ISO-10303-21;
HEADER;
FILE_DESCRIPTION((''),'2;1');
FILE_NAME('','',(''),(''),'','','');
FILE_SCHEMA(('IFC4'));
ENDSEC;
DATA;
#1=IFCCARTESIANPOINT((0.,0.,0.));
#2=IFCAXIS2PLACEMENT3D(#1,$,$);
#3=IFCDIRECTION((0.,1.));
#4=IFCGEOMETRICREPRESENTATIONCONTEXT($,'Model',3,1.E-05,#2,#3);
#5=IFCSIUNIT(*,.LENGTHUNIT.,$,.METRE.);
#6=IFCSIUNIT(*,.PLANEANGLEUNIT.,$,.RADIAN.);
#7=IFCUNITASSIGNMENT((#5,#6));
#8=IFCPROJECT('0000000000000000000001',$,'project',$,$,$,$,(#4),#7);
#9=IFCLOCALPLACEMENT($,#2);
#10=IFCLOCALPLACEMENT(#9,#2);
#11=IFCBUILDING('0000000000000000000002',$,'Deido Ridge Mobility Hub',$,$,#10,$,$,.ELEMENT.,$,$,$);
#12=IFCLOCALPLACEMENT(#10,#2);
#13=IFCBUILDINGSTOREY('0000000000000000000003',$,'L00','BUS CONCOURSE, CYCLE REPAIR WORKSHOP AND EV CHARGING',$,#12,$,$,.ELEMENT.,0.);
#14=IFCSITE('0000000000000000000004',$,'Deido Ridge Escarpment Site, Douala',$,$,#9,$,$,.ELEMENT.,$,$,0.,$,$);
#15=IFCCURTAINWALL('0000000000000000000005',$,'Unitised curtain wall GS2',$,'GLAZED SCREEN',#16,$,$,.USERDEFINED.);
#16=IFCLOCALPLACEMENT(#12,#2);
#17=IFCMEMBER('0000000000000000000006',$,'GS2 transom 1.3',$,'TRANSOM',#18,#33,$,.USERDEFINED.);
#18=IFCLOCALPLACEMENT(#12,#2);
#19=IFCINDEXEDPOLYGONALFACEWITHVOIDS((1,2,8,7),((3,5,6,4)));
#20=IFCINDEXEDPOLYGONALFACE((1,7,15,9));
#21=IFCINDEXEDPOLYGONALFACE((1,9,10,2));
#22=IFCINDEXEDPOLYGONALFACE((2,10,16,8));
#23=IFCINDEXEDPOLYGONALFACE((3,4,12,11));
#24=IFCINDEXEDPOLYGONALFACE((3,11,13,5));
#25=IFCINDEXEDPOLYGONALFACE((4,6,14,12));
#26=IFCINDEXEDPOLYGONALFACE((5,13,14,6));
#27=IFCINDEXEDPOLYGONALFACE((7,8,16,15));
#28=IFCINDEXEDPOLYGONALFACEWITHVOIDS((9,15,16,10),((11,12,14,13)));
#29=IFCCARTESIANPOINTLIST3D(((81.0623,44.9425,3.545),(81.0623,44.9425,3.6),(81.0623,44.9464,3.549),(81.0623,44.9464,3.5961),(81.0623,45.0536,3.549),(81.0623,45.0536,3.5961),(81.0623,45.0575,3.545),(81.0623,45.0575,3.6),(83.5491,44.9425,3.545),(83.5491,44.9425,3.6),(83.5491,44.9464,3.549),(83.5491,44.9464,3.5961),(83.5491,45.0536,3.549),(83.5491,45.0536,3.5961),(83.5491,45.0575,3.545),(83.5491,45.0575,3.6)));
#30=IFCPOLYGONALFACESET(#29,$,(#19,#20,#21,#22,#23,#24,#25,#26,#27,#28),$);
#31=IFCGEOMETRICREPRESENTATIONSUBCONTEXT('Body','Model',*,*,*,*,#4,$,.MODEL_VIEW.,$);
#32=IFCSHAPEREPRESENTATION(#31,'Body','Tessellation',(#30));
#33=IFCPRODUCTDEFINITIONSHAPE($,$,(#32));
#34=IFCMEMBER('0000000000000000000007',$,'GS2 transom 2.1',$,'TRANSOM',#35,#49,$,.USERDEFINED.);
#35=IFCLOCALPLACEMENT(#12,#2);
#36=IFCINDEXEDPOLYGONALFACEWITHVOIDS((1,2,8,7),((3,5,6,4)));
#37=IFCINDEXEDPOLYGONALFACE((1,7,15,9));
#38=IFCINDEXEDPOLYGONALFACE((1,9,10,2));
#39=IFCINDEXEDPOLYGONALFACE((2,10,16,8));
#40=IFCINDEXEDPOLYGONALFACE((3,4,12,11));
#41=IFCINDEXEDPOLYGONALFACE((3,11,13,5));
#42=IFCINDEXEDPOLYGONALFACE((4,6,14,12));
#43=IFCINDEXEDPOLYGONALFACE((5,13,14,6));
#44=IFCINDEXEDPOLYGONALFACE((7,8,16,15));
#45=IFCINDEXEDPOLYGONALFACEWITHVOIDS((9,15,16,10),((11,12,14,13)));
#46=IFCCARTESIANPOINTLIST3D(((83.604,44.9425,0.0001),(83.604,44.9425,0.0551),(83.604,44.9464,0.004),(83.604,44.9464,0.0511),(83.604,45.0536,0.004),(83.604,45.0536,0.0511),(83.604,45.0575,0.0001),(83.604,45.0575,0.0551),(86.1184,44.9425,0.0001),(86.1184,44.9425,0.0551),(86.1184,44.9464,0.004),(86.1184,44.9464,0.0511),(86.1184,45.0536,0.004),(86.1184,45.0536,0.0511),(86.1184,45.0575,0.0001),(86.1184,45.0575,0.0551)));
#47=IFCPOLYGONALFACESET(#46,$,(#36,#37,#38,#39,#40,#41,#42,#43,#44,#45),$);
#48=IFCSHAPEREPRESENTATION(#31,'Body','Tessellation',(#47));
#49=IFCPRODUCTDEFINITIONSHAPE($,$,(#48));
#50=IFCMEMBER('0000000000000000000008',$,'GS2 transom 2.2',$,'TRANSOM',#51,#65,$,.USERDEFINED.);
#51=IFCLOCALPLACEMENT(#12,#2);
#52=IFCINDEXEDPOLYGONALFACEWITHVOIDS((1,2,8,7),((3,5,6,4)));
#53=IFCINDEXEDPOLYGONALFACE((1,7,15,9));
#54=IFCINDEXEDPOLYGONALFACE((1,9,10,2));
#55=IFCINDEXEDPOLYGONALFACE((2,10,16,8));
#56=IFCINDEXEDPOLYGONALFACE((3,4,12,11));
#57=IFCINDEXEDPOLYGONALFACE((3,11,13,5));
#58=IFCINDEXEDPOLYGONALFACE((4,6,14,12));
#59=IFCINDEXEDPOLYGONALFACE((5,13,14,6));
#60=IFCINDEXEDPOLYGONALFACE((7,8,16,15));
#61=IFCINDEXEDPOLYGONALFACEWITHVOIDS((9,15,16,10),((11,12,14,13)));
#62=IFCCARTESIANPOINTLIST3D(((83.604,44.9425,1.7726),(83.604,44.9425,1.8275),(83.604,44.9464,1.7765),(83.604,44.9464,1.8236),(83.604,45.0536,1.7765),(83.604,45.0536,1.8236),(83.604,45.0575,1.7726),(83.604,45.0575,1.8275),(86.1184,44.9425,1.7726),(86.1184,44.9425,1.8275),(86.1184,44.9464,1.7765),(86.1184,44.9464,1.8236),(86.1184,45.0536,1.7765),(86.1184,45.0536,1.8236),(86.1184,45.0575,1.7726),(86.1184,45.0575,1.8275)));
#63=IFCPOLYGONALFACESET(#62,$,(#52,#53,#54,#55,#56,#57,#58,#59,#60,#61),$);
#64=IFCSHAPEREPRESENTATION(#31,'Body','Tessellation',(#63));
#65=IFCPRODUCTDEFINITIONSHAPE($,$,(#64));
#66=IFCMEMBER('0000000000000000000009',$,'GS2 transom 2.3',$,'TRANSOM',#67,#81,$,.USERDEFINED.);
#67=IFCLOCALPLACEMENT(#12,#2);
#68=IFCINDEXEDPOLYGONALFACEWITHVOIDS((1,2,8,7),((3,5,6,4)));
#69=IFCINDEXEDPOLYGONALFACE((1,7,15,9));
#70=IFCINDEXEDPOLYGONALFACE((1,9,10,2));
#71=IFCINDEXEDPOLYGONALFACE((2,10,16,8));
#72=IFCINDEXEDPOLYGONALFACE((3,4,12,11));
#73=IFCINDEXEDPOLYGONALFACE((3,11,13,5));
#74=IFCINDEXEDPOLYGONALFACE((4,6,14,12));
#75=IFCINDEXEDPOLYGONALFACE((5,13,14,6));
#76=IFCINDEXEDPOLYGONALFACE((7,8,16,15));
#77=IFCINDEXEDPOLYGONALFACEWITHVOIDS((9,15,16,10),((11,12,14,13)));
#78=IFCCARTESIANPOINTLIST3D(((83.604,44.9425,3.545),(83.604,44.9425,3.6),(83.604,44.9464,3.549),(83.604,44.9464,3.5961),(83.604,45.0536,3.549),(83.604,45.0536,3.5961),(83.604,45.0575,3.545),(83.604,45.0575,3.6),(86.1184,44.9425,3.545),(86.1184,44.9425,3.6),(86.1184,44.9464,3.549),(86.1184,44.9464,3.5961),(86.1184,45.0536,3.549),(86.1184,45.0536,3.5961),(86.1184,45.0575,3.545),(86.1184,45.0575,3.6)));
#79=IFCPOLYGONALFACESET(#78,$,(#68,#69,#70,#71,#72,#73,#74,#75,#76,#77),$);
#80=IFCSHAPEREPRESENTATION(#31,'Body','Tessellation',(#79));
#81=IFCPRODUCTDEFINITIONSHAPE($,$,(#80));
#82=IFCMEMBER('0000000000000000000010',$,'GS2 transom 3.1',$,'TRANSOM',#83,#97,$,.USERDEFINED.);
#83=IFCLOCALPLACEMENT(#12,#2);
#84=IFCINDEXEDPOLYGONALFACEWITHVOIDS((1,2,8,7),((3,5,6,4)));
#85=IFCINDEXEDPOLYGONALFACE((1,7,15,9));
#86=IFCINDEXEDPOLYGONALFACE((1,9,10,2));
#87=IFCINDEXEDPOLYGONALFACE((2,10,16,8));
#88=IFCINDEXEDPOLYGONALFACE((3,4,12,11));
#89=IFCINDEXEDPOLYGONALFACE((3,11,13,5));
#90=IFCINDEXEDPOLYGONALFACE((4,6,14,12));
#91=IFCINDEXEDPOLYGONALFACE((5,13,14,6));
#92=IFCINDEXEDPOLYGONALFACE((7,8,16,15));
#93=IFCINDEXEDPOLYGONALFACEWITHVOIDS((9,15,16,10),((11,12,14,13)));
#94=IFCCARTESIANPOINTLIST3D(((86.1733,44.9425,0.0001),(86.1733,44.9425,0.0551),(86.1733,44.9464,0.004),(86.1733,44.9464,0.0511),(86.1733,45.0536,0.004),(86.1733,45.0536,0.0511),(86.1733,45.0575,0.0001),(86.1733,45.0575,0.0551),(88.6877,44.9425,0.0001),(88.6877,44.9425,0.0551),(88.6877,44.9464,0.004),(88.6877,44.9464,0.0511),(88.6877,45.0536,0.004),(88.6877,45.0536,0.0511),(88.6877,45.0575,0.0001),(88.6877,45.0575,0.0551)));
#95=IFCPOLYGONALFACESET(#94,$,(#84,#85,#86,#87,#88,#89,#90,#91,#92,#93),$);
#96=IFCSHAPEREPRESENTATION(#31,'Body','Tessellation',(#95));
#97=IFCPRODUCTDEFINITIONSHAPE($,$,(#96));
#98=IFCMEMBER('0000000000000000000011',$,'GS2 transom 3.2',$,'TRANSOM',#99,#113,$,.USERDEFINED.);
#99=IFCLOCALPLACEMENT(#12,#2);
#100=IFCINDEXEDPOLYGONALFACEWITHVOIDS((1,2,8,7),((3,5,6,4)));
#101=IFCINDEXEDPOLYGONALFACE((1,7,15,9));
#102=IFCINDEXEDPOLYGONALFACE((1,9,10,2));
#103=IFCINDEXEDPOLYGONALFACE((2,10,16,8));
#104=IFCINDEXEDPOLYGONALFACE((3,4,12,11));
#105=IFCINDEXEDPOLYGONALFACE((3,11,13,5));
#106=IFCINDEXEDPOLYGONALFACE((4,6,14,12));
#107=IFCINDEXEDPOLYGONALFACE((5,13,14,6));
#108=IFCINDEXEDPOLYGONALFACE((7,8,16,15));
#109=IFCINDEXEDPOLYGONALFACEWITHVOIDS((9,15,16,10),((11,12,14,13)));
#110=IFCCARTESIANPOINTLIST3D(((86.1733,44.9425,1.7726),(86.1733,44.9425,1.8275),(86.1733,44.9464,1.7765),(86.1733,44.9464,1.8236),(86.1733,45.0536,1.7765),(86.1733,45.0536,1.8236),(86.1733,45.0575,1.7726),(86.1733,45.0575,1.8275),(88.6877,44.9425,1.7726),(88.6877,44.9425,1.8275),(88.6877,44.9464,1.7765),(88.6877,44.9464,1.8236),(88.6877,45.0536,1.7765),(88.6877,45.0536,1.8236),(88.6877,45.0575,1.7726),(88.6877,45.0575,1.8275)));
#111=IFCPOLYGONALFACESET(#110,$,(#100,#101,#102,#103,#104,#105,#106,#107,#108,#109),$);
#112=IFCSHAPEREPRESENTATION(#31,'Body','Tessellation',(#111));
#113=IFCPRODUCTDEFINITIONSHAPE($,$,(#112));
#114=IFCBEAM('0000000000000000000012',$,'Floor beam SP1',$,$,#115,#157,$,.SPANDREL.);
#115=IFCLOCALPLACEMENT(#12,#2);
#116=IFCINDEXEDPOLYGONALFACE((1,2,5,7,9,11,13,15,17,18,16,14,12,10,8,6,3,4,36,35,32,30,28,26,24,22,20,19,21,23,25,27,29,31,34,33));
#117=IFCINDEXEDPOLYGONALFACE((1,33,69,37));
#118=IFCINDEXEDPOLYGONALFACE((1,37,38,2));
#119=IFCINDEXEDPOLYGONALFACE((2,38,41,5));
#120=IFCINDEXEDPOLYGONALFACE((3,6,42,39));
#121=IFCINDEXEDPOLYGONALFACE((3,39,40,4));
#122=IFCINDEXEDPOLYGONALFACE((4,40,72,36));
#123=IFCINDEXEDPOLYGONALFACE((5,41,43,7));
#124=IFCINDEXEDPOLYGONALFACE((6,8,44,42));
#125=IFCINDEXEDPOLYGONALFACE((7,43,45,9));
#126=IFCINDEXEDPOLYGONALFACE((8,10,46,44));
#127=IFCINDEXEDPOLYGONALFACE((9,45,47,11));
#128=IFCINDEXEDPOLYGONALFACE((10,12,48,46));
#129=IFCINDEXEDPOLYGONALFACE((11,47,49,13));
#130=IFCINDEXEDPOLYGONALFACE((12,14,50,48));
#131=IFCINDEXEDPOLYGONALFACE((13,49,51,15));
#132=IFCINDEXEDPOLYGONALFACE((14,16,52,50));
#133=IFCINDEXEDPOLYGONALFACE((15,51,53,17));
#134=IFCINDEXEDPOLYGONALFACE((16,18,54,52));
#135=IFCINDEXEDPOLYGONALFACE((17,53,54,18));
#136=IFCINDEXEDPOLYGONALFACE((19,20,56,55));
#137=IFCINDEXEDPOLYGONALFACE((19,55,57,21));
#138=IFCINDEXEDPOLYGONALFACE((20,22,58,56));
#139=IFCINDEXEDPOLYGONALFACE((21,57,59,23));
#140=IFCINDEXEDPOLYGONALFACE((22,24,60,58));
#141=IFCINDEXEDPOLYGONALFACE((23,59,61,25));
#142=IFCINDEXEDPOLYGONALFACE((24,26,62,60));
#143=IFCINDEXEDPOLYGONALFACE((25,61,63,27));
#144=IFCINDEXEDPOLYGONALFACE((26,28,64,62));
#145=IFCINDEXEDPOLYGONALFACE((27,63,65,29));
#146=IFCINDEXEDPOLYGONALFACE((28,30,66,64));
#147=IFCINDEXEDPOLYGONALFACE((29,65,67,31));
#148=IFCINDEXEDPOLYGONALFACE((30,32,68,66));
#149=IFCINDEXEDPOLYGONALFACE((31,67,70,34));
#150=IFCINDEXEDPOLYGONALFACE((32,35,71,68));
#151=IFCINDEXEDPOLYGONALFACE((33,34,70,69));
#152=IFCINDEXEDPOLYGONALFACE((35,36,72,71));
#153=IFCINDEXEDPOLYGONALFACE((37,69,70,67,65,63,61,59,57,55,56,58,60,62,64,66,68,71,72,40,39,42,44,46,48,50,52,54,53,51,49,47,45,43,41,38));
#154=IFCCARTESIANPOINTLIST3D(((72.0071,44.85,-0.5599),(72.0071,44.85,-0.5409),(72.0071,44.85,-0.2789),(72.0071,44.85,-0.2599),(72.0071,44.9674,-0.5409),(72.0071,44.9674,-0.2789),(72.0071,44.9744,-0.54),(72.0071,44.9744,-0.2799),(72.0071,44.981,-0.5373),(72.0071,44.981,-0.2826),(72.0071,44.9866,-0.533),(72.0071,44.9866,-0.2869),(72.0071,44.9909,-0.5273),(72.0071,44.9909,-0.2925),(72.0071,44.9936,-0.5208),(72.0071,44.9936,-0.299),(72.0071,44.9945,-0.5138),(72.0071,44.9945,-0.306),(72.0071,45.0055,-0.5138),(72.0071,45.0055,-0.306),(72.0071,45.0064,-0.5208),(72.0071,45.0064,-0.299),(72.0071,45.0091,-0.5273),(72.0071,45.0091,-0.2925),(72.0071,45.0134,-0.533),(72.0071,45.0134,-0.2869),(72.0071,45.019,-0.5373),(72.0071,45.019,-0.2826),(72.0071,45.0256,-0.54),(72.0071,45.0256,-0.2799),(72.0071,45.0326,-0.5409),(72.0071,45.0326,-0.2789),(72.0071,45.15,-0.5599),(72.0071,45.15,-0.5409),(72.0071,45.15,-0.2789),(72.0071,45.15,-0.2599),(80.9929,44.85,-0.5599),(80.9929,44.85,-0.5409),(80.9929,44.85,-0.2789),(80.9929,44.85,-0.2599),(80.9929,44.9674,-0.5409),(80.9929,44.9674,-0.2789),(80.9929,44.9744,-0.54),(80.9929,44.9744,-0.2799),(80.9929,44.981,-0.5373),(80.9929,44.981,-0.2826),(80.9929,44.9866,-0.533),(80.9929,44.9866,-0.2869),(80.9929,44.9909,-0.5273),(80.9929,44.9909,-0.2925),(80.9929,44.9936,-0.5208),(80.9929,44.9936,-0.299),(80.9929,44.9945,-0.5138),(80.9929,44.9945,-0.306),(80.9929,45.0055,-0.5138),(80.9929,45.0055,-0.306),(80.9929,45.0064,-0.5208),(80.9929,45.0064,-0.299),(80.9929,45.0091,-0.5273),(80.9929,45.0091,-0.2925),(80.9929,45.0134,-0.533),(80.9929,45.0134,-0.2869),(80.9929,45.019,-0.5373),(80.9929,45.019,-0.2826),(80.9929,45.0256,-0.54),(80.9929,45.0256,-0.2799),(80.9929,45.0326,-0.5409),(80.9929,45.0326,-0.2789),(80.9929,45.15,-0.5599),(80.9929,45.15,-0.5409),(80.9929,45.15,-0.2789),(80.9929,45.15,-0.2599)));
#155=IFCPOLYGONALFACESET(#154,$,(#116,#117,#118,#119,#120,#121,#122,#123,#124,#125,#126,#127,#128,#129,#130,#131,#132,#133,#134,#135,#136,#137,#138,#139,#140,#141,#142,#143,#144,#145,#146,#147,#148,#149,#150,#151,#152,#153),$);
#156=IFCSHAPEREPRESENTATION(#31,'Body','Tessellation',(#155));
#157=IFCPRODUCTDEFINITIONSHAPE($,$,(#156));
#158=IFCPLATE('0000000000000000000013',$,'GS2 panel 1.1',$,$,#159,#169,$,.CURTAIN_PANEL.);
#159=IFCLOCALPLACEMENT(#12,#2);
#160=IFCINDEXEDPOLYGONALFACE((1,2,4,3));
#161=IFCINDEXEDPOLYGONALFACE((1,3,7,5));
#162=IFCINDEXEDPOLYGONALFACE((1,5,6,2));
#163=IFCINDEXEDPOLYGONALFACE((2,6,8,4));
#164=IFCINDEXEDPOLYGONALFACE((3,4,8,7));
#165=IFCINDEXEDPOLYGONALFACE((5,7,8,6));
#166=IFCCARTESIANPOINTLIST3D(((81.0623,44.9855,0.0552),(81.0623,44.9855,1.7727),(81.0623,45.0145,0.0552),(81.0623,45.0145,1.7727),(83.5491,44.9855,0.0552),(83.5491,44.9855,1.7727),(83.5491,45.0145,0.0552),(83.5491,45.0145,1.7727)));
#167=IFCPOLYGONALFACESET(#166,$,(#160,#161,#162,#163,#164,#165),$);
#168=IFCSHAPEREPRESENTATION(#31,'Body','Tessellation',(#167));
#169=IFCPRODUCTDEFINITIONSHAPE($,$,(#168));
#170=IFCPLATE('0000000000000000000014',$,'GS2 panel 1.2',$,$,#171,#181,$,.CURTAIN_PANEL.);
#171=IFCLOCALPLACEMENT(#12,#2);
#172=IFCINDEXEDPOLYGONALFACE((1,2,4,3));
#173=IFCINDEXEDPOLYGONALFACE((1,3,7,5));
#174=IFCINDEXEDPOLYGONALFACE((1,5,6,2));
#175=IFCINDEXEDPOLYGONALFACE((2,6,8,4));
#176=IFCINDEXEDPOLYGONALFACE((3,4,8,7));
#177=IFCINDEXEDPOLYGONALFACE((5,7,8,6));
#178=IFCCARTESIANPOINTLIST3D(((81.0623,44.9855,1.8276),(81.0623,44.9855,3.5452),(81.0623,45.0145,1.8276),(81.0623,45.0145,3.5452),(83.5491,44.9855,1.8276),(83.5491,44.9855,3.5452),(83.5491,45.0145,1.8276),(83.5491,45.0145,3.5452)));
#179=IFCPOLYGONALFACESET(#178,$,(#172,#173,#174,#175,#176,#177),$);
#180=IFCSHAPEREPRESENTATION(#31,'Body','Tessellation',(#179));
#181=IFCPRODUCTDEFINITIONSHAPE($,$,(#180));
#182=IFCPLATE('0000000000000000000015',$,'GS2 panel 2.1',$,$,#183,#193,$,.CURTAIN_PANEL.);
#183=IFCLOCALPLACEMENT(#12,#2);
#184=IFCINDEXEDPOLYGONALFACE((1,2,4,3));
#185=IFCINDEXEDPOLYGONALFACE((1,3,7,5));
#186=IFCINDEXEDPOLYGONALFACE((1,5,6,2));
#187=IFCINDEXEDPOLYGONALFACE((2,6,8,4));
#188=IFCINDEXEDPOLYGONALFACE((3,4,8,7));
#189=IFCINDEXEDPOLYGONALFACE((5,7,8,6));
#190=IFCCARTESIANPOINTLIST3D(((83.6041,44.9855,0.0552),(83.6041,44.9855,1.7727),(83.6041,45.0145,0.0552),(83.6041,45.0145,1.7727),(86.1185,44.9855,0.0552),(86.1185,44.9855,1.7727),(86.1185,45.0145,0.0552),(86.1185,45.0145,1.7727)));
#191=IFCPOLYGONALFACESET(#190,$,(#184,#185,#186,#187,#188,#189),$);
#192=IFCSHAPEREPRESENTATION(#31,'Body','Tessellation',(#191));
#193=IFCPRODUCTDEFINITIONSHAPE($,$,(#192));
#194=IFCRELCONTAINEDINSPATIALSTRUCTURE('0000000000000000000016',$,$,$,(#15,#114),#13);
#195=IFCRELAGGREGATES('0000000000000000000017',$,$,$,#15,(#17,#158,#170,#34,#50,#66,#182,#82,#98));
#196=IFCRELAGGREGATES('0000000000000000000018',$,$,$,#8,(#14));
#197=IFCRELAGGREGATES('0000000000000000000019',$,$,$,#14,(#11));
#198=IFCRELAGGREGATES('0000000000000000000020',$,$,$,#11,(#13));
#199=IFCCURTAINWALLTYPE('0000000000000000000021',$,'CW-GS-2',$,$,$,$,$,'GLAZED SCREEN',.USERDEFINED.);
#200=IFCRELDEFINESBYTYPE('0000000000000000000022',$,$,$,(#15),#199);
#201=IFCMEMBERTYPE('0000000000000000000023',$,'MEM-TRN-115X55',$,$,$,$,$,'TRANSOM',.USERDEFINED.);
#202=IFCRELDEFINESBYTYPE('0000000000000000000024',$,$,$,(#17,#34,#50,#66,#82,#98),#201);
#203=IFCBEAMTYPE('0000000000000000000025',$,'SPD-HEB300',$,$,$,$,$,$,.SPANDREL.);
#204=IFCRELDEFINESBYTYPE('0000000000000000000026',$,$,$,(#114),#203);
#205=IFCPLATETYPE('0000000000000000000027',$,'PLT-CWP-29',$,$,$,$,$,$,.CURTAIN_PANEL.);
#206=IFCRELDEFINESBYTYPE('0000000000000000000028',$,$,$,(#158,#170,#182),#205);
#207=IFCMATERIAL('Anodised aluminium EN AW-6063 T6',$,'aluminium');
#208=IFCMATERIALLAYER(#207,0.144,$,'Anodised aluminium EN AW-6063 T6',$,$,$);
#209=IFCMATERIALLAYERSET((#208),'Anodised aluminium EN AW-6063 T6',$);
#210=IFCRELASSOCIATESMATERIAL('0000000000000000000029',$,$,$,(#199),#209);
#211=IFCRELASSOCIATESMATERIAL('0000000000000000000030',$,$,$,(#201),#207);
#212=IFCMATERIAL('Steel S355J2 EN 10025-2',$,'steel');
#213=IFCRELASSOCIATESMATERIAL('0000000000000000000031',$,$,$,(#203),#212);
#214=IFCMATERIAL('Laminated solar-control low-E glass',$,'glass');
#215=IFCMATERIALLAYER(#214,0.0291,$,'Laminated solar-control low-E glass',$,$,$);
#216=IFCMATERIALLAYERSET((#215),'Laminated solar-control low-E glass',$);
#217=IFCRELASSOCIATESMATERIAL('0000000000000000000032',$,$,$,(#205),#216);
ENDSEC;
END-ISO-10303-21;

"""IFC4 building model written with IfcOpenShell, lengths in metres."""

from ifc_helpers import new_model, si_unit, direction, frame, origin, origin_2d, place, context, subcontext, project, spatial, rectangle, hollow_rectangle, i_section, extrude, material, layer, layer_set, material_profile, profile_set, type_object, element, aggregate, save


model = new_model("IFC4")

# Units and contexts
model_context = context("Model", 3, precision=1e-05, world=origin(), true_north=direction((0.0, 1.0)))
body_context = subcontext(model_context, "Body", "Model", "MODEL_VIEW")
ifc_project = project(units=[si_unit("LENGTHUNIT", "METRE"), si_unit("PLANEANGLEUNIT", "RADIAN")], contexts=[model_context])

# Site, building, storey
site_placement = place(None, origin())
site = spatial("IfcSite", under=ifc_project, at=site_placement, Name="Deido Ridge Escarpment Site, Douala", CompositionType="ELEMENT", RefElevation=0.0)
building_placement = place(site_placement, origin())
building = spatial("IfcBuilding", under=site, at=building_placement, Name="Deido Ridge Mobility Hub", CompositionType="ELEMENT")
storey_placement = place(building_placement, origin())
storey = spatial("IfcBuildingStorey", under=building, at=storey_placement, Name="L00", Description="BUS CONCOURSE, CYCLE REPAIR WORKSHOP AND EV CHARGING", CompositionType="ELEMENT", Elevation=0.0)

# Shared definitions
ifc_material_1 = material(Name="Steel S355J2 EN 10025-2", Category="steel")

# Curtain wall, members
ifc_material_2 = material(Name="Anodised aluminium EN AW-6063 T6", Category="aluminium")
ifc_layer_1 = layer(ifc_material_2, 0.144, Name="Anodised aluminium EN AW-6063 T6")
ifc_layer_set_1 = layer_set([ifc_layer_1], Name="Anodised aluminium EN AW-6063 T6")
curtain_wall_type = type_object("IfcCurtainWallType", Name="CW-GS-2", ElementType="GLAZED SCREEN", PredefinedType="USERDEFINED", material=ifc_layer_set_1)
curtain_wall_placement = place(storey_placement, origin())
curtain_wall = element("IfcCurtainWall", 1, at=curtain_wall_placement, inside=storey, type_object=curtain_wall_type, Name="Unitised curtain wall GS2", ObjectType="GLAZED SCREEN", PredefinedType="USERDEFINED")
ifc_material_profile_1 = material_profile(ifc_material_2, hollow_rectangle(XDim=0.115, YDim=0.0549, WallThickness=0.0039, at=origin_2d()), Name="RHS 115x55x4")
ifc_profile_set_1 = profile_set([ifc_material_profile_1], Name="Anodised aluminium EN AW-6063 T6")
member_type_1 = type_object("IfcMemberType", Name="MEM-TRN-115X55", ElementType="TRANSOM", PredefinedType="USERDEFINED", material=ifc_profile_set_1)
member_1_placement = place(storey_placement, frame((81.0623, 45.0, 3.5725), z_axis=(1.0, 0.0, 0.0), x_axis=(0.0, 1.0, 0.0)))
member_1 = element("IfcMember", 2, at=member_1_placement, type_object=member_type_1, Name="GS2 transom 1.3", ObjectType="TRANSOM", PredefinedType="USERDEFINED", context=body_context, shape_type="SweptSolid", body=[
    extrude(hollow_rectangle(XDim=0.115, YDim=0.0549, WallThickness=0.0039, at=origin_2d()), origin(), (0.0, 0.0, 1.0), 2.4868),
])
member_2_placement = place(storey_placement, frame((83.604, 45.0, 0.0276), z_axis=(1.0, 0.0, 0.0), x_axis=(0.0, 1.0, 0.0)))
member_2 = element("IfcMember", 3, at=member_2_placement, type_object=member_type_1, Name="GS2 transom 2.1", ObjectType="TRANSOM", PredefinedType="USERDEFINED", context=body_context, shape_type="SweptSolid", body=[
    extrude(hollow_rectangle(XDim=0.115, YDim=0.0549, WallThickness=0.0039, at=origin_2d()), origin(), (0.0, 0.0, 1.0), 2.5144),
])
member_3_placement = place(storey_placement, frame((83.604, 45.0, 1.8), z_axis=(1.0, 0.0, 0.0), x_axis=(0.0, 1.0, 0.0)))
member_3 = element("IfcMember", 4, at=member_3_placement, type_object=member_type_1, Name="GS2 transom 2.2", ObjectType="TRANSOM", PredefinedType="USERDEFINED", context=body_context, shape_type="SweptSolid", body=[
    extrude(hollow_rectangle(XDim=0.115, YDim=0.0549, WallThickness=0.0039, at=origin_2d()), origin(), (0.0, 0.0, 1.0), 2.5144),
])
member_4_placement = place(storey_placement, frame((83.604, 45.0, 3.5725), z_axis=(1.0, 0.0, 0.0), x_axis=(0.0, 1.0, 0.0)))
member_4 = element("IfcMember", 5, at=member_4_placement, type_object=member_type_1, Name="GS2 transom 2.3", ObjectType="TRANSOM", PredefinedType="USERDEFINED", context=body_context, shape_type="SweptSolid", body=[
    extrude(hollow_rectangle(XDim=0.115, YDim=0.0549, WallThickness=0.0039, at=origin_2d()), origin(), (0.0, 0.0, 1.0), 2.5144),
])
member_5_placement = place(storey_placement, frame((86.1733, 45.0, 0.0276), z_axis=(1.0, 0.0, 0.0), x_axis=(0.0, 1.0, 0.0)))
member_5 = element("IfcMember", 6, at=member_5_placement, type_object=member_type_1, Name="GS2 transom 3.1", ObjectType="TRANSOM", PredefinedType="USERDEFINED", context=body_context, shape_type="SweptSolid", body=[
    extrude(hollow_rectangle(XDim=0.115, YDim=0.0549, WallThickness=0.0039, at=origin_2d()), origin(), (0.0, 0.0, 1.0), 2.5144),
])
member_6_placement = place(storey_placement, frame((86.1733, 45.0, 1.8), z_axis=(1.0, 0.0, 0.0), x_axis=(0.0, 1.0, 0.0)))
member_6 = element("IfcMember", 7, at=member_6_placement, type_object=member_type_1, Name="GS2 transom 3.2", ObjectType="TRANSOM", PredefinedType="USERDEFINED", context=body_context, shape_type="SweptSolid", body=[
    extrude(hollow_rectangle(XDim=0.115, YDim=0.0549, WallThickness=0.0039, at=origin_2d()), origin(), (0.0, 0.0, 1.0), 2.5144),
])

# Beam
ifc_material_profile_2 = material_profile(ifc_material_1, i_section(OverallWidth=0.3, OverallDepth=0.3, WebThickness=0.011, FlangeThickness=0.019, FilletRadius=0.0271, at=origin_2d()), Name="HEB 300")
ifc_profile_set_2 = profile_set([ifc_material_profile_2], Name="Steel S355J2 EN 10025-2")
beam_type = type_object("IfcBeamType", Name="SPD-HEB300", PredefinedType="SPANDREL", material=ifc_profile_set_2)
beam_placement = place(storey_placement, frame((72.0071, 45.0, -0.4099), z_axis=(1.0, 0.0, 0.0), x_axis=(0.0, 1.0, 0.0)))
element("IfcBeam", 8, at=beam_placement, inside=storey, type_object=beam_type, Name="Floor beam SP1", PredefinedType="SPANDREL", context=body_context, shape_type="SweptSolid", body=[
    extrude(i_section(OverallWidth=0.3, OverallDepth=0.3, WebThickness=0.011, FlangeThickness=0.019, FilletRadius=0.0271, at=origin_2d()), origin(), (0.0, 0.0, 1.0), 8.9858),
])

# Plates
ifc_material_3 = material(Name="Laminated solar-control low-E glass", Category="glass")
ifc_layer_2 = layer(ifc_material_3, 0.0291, Name="Laminated solar-control low-E glass")
ifc_layer_set_2 = layer_set([ifc_layer_2], Name="Laminated solar-control low-E glass")
plate_type = type_object("IfcPlateType", Name="PLT-CWP-29", PredefinedType="CURTAIN_PANEL", material=ifc_layer_set_2)
plate_1_placement = place(storey_placement, frame((82.3057, 45.0, 0.0552), z_axis=(0.0, 0.0, 1.0), x_axis=(1.0, 0.0, 0.0)))
plate_1 = element("IfcPlate", 9, at=plate_1_placement, type_object=plate_type, Name="GS2 panel 1.1", PredefinedType="CURTAIN_PANEL", context=body_context, shape_type="SweptSolid", body=[
    extrude(rectangle(XDim=2.4868, YDim=0.0291, at=origin_2d()), origin(), (0.0, 0.0, 1.0), 1.7175),
])
plate_2_placement = place(storey_placement, frame((82.3057, 45.0, 1.8276), z_axis=(0.0, 0.0, 1.0), x_axis=(1.0, 0.0, 0.0)))
plate_2 = element("IfcPlate", 10, at=plate_2_placement, type_object=plate_type, Name="GS2 panel 1.2", PredefinedType="CURTAIN_PANEL", context=body_context, shape_type="SweptSolid", body=[
    extrude(rectangle(XDim=2.4868, YDim=0.0291, at=origin_2d()), origin(), (0.0, 0.0, 1.0), 1.7175),
])
plate_3_placement = place(storey_placement, frame((84.8613, 45.0, 0.0552), z_axis=(0.0, 0.0, 1.0), x_axis=(1.0, 0.0, 0.0)))
plate_3 = element("IfcPlate", 11, at=plate_3_placement, type_object=plate_type, Name="GS2 panel 2.1", PredefinedType="CURTAIN_PANEL", context=body_context, shape_type="SweptSolid", body=[
    extrude(rectangle(XDim=2.5144, YDim=0.0291, at=origin_2d()), origin(), (0.0, 0.0, 1.0), 1.7175),
])
aggregate(curtain_wall, [member_1, plate_1, plate_2, member_2, member_3, member_4, plate_3, member_5, member_6])

save(model, "model.ifc")
